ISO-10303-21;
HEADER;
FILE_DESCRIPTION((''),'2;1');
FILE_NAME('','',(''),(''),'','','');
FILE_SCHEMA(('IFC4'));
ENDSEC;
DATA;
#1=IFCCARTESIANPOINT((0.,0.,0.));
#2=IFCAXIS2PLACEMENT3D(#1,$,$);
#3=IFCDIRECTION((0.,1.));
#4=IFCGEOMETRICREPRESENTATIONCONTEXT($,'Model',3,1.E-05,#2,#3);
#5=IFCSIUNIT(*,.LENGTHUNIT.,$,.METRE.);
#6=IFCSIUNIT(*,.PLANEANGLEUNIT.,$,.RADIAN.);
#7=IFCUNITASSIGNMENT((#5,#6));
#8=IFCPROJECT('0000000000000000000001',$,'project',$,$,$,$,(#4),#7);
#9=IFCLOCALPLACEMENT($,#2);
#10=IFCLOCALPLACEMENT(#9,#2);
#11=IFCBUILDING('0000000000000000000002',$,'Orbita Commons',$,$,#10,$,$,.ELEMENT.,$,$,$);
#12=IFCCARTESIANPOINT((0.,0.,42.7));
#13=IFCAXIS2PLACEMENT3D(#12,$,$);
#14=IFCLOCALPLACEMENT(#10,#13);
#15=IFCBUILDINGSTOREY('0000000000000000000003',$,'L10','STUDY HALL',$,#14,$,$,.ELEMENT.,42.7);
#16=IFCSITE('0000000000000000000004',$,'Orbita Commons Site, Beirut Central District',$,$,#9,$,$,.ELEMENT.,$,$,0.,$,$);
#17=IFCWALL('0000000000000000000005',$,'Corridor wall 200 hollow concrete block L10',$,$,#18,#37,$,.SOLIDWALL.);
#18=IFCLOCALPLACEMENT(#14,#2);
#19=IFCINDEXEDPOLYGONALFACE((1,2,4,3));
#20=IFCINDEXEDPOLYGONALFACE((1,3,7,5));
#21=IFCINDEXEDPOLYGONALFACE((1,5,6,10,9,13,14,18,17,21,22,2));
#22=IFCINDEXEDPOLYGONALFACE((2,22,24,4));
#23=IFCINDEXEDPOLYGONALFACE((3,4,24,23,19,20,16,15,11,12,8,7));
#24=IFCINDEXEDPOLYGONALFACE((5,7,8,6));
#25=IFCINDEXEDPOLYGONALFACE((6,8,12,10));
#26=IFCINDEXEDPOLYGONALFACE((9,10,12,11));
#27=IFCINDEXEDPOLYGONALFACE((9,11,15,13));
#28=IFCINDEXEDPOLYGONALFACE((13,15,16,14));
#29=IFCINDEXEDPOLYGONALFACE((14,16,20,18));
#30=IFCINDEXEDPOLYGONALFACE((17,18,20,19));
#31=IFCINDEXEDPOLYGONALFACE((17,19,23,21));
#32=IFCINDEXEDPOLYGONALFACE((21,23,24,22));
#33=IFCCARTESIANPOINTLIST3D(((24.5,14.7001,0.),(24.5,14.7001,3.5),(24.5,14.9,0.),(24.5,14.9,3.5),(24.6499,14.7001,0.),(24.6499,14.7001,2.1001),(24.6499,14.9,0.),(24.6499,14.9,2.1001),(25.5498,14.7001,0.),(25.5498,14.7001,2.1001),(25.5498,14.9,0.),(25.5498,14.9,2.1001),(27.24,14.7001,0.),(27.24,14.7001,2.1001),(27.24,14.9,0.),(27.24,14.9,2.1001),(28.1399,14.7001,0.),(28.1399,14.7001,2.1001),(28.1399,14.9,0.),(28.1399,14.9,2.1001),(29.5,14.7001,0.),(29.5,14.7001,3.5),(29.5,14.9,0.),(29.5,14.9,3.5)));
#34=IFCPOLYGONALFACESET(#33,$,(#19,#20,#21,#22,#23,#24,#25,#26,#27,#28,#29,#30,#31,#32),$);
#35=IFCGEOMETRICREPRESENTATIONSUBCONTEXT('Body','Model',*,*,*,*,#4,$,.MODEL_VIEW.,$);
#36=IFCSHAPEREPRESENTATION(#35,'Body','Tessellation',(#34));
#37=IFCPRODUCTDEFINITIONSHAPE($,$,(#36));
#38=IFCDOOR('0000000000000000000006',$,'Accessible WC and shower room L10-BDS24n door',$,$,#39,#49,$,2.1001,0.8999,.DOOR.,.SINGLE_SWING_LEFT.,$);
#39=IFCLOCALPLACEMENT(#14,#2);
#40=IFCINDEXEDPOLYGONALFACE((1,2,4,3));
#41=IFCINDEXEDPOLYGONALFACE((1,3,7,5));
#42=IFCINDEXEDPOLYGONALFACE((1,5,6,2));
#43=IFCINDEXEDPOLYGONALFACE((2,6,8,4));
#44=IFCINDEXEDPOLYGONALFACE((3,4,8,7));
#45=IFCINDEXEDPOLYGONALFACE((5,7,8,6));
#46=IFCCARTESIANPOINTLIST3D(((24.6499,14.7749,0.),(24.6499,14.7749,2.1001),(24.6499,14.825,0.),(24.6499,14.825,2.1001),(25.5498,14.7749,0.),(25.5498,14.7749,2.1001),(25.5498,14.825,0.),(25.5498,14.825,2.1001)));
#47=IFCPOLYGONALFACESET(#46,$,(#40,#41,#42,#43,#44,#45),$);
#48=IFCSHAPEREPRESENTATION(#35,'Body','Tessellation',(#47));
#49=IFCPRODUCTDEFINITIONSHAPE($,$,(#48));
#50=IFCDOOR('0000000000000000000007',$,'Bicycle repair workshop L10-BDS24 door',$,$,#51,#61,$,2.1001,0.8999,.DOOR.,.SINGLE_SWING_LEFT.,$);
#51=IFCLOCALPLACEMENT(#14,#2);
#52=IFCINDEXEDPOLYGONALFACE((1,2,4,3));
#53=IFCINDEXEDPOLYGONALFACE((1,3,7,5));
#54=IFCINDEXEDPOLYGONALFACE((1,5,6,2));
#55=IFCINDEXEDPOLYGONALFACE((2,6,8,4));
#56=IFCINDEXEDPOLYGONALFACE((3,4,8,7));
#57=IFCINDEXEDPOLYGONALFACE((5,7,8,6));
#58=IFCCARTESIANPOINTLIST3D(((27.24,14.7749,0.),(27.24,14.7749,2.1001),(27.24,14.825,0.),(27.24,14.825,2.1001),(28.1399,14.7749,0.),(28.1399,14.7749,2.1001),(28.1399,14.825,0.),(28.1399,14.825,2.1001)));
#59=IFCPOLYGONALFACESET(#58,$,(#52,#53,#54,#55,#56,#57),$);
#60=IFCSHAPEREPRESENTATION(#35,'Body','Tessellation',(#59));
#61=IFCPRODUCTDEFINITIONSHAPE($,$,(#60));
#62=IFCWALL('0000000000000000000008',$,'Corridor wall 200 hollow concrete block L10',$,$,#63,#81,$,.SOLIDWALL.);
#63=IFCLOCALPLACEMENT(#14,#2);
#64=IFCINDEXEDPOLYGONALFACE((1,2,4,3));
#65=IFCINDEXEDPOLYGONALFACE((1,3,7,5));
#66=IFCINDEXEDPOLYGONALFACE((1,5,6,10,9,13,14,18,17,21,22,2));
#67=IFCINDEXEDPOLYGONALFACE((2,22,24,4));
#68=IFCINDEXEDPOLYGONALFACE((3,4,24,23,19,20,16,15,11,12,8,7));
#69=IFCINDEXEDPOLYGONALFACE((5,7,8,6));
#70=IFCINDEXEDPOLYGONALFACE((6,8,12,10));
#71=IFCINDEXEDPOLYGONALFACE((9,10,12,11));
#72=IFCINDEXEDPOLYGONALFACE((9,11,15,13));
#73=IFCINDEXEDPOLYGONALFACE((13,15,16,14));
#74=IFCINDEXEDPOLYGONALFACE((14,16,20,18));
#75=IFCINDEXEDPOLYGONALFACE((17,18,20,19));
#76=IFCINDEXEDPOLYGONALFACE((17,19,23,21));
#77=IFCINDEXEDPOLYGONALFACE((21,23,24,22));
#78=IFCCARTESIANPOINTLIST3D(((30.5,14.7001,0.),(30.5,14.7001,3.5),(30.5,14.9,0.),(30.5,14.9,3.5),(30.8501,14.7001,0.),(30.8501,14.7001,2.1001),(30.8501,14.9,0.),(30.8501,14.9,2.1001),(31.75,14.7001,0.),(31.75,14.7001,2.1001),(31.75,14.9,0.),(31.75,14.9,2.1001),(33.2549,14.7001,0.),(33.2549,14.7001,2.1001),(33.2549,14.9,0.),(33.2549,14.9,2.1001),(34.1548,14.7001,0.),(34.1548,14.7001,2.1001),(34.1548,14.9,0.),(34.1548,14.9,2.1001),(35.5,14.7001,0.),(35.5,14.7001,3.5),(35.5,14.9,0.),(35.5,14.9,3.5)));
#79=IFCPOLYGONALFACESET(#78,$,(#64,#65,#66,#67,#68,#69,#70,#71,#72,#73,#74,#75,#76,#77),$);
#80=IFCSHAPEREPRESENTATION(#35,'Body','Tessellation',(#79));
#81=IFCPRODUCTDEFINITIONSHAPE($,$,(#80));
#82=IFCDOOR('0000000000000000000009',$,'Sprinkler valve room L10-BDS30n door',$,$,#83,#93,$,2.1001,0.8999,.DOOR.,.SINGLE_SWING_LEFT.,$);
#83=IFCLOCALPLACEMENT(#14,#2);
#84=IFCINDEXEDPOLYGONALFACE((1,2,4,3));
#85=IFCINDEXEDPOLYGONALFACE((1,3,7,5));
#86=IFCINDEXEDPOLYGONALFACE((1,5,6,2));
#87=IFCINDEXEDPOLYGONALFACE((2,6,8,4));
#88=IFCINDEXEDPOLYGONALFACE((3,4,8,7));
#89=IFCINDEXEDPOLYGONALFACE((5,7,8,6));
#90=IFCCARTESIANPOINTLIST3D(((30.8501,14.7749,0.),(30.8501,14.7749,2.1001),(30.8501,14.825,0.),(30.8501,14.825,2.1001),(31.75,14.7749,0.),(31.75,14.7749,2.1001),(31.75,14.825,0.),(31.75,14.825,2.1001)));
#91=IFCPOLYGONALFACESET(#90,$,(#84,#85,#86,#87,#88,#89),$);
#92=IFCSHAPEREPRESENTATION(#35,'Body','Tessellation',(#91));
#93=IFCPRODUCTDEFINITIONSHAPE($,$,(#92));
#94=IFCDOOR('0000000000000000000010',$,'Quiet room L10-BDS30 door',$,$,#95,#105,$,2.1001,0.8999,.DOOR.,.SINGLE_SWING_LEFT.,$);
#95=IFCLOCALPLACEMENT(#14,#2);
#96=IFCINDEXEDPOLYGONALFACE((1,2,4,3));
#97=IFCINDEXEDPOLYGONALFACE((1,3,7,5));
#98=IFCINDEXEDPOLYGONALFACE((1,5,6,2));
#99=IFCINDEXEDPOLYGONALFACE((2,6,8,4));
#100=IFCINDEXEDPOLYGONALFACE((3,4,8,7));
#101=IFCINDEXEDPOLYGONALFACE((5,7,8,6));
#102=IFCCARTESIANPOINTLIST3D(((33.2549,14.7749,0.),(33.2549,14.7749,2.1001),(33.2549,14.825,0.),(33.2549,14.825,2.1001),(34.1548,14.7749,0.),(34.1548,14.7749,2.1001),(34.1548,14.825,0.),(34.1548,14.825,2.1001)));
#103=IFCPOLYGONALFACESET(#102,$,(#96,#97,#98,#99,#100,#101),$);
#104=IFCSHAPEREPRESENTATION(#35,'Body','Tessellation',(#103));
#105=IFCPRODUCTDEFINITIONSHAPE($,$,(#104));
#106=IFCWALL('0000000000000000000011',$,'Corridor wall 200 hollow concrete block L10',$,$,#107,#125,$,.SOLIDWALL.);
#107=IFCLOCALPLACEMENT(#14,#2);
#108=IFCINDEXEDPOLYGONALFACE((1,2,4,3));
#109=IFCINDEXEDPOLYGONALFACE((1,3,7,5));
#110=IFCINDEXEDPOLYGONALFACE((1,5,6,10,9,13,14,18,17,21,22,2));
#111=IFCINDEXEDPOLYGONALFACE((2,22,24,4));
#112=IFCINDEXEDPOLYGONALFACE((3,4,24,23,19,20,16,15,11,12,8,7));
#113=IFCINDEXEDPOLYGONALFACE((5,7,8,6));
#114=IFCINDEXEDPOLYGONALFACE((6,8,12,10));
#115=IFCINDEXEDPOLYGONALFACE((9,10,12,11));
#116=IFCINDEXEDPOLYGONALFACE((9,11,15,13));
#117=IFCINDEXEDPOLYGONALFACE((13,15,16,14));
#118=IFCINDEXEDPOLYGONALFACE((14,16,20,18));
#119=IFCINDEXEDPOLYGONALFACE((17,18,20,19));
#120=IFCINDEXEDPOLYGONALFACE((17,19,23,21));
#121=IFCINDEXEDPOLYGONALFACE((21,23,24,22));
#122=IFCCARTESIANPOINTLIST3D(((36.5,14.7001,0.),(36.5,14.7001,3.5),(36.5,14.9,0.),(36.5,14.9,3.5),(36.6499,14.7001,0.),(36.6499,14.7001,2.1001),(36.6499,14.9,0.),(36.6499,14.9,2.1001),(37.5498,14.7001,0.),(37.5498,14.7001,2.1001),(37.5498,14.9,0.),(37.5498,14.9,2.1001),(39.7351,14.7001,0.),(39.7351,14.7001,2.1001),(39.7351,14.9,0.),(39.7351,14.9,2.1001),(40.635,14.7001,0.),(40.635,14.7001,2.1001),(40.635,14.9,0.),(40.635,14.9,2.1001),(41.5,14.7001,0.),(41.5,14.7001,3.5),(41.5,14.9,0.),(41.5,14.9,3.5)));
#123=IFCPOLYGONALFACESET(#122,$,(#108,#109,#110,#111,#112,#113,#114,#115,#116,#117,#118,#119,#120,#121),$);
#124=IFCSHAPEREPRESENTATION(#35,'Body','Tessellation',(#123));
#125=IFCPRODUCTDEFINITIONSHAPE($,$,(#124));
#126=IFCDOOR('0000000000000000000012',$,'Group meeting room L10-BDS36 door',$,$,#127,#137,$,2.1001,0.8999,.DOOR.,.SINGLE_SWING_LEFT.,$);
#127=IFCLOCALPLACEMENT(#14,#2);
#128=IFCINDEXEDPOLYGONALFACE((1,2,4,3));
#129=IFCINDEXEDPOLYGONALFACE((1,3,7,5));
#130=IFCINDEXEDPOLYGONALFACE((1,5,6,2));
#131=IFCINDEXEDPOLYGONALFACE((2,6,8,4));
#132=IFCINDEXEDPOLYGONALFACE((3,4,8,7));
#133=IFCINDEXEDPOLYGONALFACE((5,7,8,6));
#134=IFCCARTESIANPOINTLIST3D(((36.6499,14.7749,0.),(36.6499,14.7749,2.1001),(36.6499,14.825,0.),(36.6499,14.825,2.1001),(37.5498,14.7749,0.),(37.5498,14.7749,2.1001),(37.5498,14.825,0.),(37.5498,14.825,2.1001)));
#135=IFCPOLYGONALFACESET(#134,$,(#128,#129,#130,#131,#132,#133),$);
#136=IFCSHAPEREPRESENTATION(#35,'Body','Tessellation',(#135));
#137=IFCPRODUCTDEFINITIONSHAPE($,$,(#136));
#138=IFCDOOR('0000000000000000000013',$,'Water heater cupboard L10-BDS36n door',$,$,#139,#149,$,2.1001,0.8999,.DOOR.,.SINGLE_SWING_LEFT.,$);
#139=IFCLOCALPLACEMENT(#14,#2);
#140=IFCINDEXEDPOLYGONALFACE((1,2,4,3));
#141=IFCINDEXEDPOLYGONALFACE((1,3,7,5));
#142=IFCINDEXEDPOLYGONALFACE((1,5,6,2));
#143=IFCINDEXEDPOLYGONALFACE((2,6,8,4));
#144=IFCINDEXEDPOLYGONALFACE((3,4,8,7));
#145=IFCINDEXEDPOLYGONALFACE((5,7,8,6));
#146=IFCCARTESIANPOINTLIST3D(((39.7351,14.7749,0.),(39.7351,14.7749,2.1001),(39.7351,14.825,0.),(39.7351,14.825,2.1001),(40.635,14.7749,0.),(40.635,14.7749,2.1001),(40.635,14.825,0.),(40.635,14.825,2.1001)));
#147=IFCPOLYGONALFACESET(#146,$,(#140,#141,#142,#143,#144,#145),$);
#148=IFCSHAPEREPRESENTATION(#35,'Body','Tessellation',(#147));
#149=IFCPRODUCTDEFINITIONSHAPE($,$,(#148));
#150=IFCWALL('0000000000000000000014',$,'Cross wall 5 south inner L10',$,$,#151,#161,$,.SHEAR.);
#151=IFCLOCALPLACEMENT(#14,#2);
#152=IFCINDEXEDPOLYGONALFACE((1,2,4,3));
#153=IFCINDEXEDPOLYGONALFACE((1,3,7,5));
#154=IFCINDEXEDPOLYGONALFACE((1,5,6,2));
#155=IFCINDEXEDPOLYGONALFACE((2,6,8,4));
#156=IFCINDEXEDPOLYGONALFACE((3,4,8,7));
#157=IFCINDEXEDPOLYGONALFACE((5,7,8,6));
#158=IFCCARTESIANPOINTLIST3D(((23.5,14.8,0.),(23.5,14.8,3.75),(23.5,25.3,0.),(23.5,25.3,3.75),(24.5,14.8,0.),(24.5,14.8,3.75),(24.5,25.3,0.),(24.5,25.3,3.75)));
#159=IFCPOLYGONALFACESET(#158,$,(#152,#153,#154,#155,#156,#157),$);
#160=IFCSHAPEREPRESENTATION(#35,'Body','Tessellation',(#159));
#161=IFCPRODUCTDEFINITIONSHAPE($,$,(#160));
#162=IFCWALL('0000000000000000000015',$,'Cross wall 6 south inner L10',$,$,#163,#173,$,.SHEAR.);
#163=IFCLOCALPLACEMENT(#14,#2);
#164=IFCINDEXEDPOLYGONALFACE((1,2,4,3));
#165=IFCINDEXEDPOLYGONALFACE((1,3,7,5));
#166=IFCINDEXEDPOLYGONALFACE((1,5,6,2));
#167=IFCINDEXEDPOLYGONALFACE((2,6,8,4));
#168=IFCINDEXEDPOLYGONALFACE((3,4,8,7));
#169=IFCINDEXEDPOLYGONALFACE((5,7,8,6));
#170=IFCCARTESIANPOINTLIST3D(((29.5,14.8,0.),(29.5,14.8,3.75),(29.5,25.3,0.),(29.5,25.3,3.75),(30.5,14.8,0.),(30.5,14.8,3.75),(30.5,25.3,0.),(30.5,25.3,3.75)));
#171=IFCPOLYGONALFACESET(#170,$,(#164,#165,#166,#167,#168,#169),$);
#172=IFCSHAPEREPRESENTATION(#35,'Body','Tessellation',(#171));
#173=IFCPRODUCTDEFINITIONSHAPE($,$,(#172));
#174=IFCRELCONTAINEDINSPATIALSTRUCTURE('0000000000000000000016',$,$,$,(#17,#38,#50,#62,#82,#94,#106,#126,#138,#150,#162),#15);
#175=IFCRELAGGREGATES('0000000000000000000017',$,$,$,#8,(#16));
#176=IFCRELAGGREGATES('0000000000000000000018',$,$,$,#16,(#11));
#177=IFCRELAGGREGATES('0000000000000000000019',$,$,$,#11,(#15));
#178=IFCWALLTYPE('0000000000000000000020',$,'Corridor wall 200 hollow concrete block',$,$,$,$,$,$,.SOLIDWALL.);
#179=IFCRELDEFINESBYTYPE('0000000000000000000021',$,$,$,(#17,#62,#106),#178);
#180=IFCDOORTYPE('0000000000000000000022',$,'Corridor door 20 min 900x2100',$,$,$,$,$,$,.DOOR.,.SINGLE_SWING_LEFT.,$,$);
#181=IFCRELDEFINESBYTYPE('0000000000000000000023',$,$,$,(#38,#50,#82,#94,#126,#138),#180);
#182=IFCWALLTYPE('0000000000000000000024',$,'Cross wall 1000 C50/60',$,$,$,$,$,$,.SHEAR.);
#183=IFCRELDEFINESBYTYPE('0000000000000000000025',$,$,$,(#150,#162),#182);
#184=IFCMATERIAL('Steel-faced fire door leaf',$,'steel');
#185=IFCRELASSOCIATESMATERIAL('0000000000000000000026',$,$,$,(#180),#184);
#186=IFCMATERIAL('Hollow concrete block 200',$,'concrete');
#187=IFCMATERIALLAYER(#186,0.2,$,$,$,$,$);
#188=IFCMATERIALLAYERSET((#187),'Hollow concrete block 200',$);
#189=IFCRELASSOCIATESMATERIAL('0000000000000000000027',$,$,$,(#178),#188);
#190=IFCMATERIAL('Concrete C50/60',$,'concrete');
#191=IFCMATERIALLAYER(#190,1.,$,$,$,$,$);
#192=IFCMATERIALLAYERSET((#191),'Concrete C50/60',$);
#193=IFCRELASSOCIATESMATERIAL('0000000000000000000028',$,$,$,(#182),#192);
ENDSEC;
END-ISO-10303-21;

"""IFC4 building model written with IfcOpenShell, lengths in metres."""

from ifc_helpers import new_model, si_unit, direction, frame, frame_2d, origin, place, context, subcontext, project, spatial, rectangle, extrude, material, layer, layer_set, type_object, element, fill, save


model = new_model("IFC4")

# Units and contexts
model_context = context("Model", 3, precision=1e-05, world=origin(), true_north=direction((0.0, 1.0)))
body_context = subcontext(model_context, "Body", "Model", "MODEL_VIEW")
ifc_project = project(units=[si_unit("LENGTHUNIT", "METRE"), si_unit("PLANEANGLEUNIT", "RADIAN")], contexts=[model_context])

# Site, building, storey
site_placement = place(None, origin())
site = spatial("IfcSite", under=ifc_project, at=site_placement, Name="Orbita Commons Site, Beirut Central District", CompositionType="ELEMENT", RefElevation=0.0)
building_placement = place(site_placement, origin())
building = spatial("IfcBuilding", under=site, at=building_placement, Name="Orbita Commons", CompositionType="ELEMENT")
storey_placement = place(building_placement, frame((0.0, 0.0, 42.7)))
storey = spatial("IfcBuildingStorey", under=building, at=storey_placement, Name="L10", Description="STUDY HALL", CompositionType="ELEMENT", Elevation=42.7)

# Shared definitions
ifc_material_1 = material(Name="Steel-faced fire door leaf", Category="steel")
door_type_1 = type_object("IfcDoorType", Name="Corridor door 20 min 900x2100", OperationType="SINGLE_SWING_LEFT", PredefinedType="DOOR", material=ifc_material_1)

# Walls, openings, doors
ifc_material_2 = material(Name="Hollow concrete block 200", Category="concrete")
ifc_layer_1 = layer(ifc_material_2, 0.2)
ifc_layer_set_1 = layer_set([ifc_layer_1], Name="Hollow concrete block 200")
wall_type_1 = type_object("IfcWallType", Name="Corridor wall 200 hollow concrete block", PredefinedType="SOLIDWALL", material=ifc_layer_set_1)
wall_1_placement = place(storey_placement, frame((24.5, 14.8, 0.0), z_axis=(0.0, 0.0, 1.0), x_axis=(1.0, 0.0, 0.0)))
wall_1 = element("IfcWall", 1, at=wall_1_placement, inside=storey, type_object=wall_type_1, Name="Corridor wall 200 hollow concrete block L10", PredefinedType="SOLIDWALL", context=body_context, shape_type="SweptSolid", body=[
    extrude(rectangle(XDim=5.0, YDim=0.2, at=frame_2d((2.5, 0.0))), origin(), (0.0, 0.0, 1.0), 3.5),
])
opening_1_placement = place(wall_1_placement, frame((0.1499, 0.0, 0.0)))
opening_1 = element("IfcOpeningElement", 2, at=opening_1_placement, cuts=wall_1, PredefinedType="OPENING", context=body_context, shape_type="SweptSolid", body=[
    extrude(rectangle(XDim=0.8999, YDim=2.1001, at=frame_2d((0.45, 1.05))), frame((0.0, 0.1099, 0.0), z_axis=(0.0, -1.0, 0.0), x_axis=(1.0, 0.0, 0.0)), (0.0, 0.0, 1.0), 0.22),
])
opening_2_placement = place(wall_1_placement, frame((2.74, 0.0, 0.0)))
opening_2 = element("IfcOpeningElement", 3, at=opening_2_placement, cuts=wall_1, PredefinedType="OPENING", context=body_context, shape_type="SweptSolid", body=[
    extrude(rectangle(XDim=0.8999, YDim=2.1001, at=frame_2d((0.45, 1.05))), frame((0.0, 0.1099, 0.0), z_axis=(0.0, -1.0, 0.0), x_axis=(1.0, 0.0, 0.0)), (0.0, 0.0, 1.0), 0.22),
])
door_1_placement = place(opening_1_placement, origin())
door_1 = element("IfcDoor", 4, at=door_1_placement, inside=storey, type_object=door_type_1, Name="Accessible WC and shower room L10-BDS24n door", OperationType="SINGLE_SWING_LEFT", OverallHeight=2.1001, OverallWidth=0.8999, PredefinedType="DOOR", context=body_context, shape_type="SweptSolid", body=[
    extrude(rectangle(XDim=0.8999, YDim=2.1001, at=frame_2d((0.45, 1.05))), frame((0.0, 0.0249, 0.0), z_axis=(0.0, -1.0, 0.0), x_axis=(1.0, 0.0, 0.0)), (0.0, 0.0, 1.0), 0.05),
])
fill(opening_1, door_1)
door_2_placement = place(opening_2_placement, origin())
door_2 = element("IfcDoor", 5, at=door_2_placement, inside=storey, type_object=door_type_1, Name="Bicycle repair workshop L10-BDS24 door", OperationType="SINGLE_SWING_LEFT", OverallHeight=2.1001, OverallWidth=0.8999, PredefinedType="DOOR", context=body_context, shape_type="SweptSolid", body=[
    extrude(rectangle(XDim=0.8999, YDim=2.1001, at=frame_2d((0.45, 1.05))), frame((0.0, 0.0249, 0.0), z_axis=(0.0, -1.0, 0.0), x_axis=(1.0, 0.0, 0.0)), (0.0, 0.0, 1.0), 0.05),
])
fill(opening_2, door_2)
wall_2_placement = place(storey_placement, frame((30.5, 14.8, 0.0), z_axis=(0.0, 0.0, 1.0), x_axis=(1.0, 0.0, 0.0)))
wall_2 = element("IfcWall", 6, at=wall_2_placement, inside=storey, type_object=wall_type_1, Name="Corridor wall 200 hollow concrete block L10", PredefinedType="SOLIDWALL", context=body_context, shape_type="SweptSolid", body=[
    extrude(rectangle(XDim=5.0, YDim=0.2, at=frame_2d((2.5, 0.0))), origin(), (0.0, 0.0, 1.0), 3.5),
])
opening_3_placement = place(wall_2_placement, frame((0.3501, 0.0, 0.0)))
opening_3 = element("IfcOpeningElement", 7, at=opening_3_placement, cuts=wall_2, PredefinedType="OPENING", context=body_context, shape_type="SweptSolid", body=[
    extrude(rectangle(XDim=0.8999, YDim=2.1001, at=frame_2d((0.45, 1.05))), frame((0.0, 0.1099, 0.0), z_axis=(0.0, -1.0, 0.0), x_axis=(1.0, 0.0, 0.0)), (0.0, 0.0, 1.0), 0.22),
])
opening_4_placement = place(wall_2_placement, frame((2.7549, 0.0, 0.0)))
opening_4 = element("IfcOpeningElement", 8, at=opening_4_placement, cuts=wall_2, PredefinedType="OPENING", context=body_context, shape_type="SweptSolid", body=[
    extrude(rectangle(XDim=0.8999, YDim=2.1001, at=frame_2d((0.45, 1.05))), frame((0.0, 0.1099, 0.0), z_axis=(0.0, -1.0, 0.0), x_axis=(1.0, 0.0, 0.0)), (0.0, 0.0, 1.0), 0.22),
])
door_3_placement = place(opening_3_placement, origin())
door_3 = element("IfcDoor", 9, at=door_3_placement, inside=storey, type_object=door_type_1, Name="Sprinkler valve room L10-BDS30n door", OperationType="SINGLE_SWING_LEFT", OverallHeight=2.1001, OverallWidth=0.8999, PredefinedType="DOOR", context=body_context, shape_type="SweptSolid", body=[
    extrude(rectangle(XDim=0.8999, YDim=2.1001, at=frame_2d((0.45, 1.05))), frame((0.0, 0.0249, 0.0), z_axis=(0.0, -1.0, 0.0), x_axis=(1.0, 0.0, 0.0)), (0.0, 0.0, 1.0), 0.05),
])
fill(opening_3, door_3)
door_4_placement = place(opening_4_placement, origin())
door_4 = element("IfcDoor", 10, at=door_4_placement, inside=storey, type_object=door_type_1, Name="Quiet room L10-BDS30 door", OperationType="SINGLE_SWING_LEFT", OverallHeight=2.1001, OverallWidth=0.8999, PredefinedType="DOOR", context=body_context, shape_type="SweptSolid", body=[
    extrude(rectangle(XDim=0.8999, YDim=2.1001, at=frame_2d((0.45, 1.05))), frame((0.0, 0.0249, 0.0), z_axis=(0.0, -1.0, 0.0), x_axis=(1.0, 0.0, 0.0)), (0.0, 0.0, 1.0), 0.05),
])
fill(opening_4, door_4)
wall_3_placement = place(storey_placement, frame((36.5, 14.8, 0.0), z_axis=(0.0, 0.0, 1.0), x_axis=(1.0, 0.0, 0.0)))
wall_3 = element("IfcWall", 11, at=wall_3_placement, inside=storey, type_object=wall_type_1, Name="Corridor wall 200 hollow concrete block L10", PredefinedType="SOLIDWALL", context=body_context, shape_type="SweptSolid", body=[
    extrude(rectangle(XDim=5.0, YDim=0.2, at=frame_2d((2.5, 0.0))), origin(), (0.0, 0.0, 1.0), 3.5),
])
opening_5_placement = place(wall_3_placement, frame((0.1499, 0.0, 0.0)))
opening_5 = element("IfcOpeningElement", 12, at=opening_5_placement, cuts=wall_3, PredefinedType="OPENING", context=body_context, shape_type="SweptSolid", body=[
    extrude(rectangle(XDim=0.8999, YDim=2.1001, at=frame_2d((0.45, 1.05))), frame((0.0, 0.1099, 0.0), z_axis=(0.0, -1.0, 0.0), x_axis=(1.0, 0.0, 0.0)), (0.0, 0.0, 1.0), 0.22),
])
opening_6_placement = place(wall_3_placement, frame((3.2351, 0.0, 0.0)))
opening_6 = element("IfcOpeningElement", 13, at=opening_6_placement, cuts=wall_3, PredefinedType="OPENING", context=body_context, shape_type="SweptSolid", body=[
    extrude(rectangle(XDim=0.8999, YDim=2.1001, at=frame_2d((0.45, 1.05))), frame((0.0, 0.1099, 0.0), z_axis=(0.0, -1.0, 0.0), x_axis=(1.0, 0.0, 0.0)), (0.0, 0.0, 1.0), 0.22),
])
door_5_placement = place(opening_5_placement, origin())
door_5 = element("IfcDoor", 14, at=door_5_placement, inside=storey, type_object=door_type_1, Name="Group meeting room L10-BDS36 door", OperationType="SINGLE_SWING_LEFT", OverallHeight=2.1001, OverallWidth=0.8999, PredefinedType="DOOR", context=body_context, shape_type="SweptSolid", body=[
    extrude(rectangle(XDim=0.8999, YDim=2.1001, at=frame_2d((0.45, 1.05))), frame((0.0, 0.0249, 0.0), z_axis=(0.0, -1.0, 0.0), x_axis=(1.0, 0.0, 0.0)), (0.0, 0.0, 1.0), 0.05),
])
fill(opening_5, door_5)
door_6_placement = place(opening_6_placement, origin())
door_6 = element("IfcDoor", 15, at=door_6_placement, inside=storey, type_object=door_type_1, Name="Water heater cupboard L10-BDS36n door", OperationType="SINGLE_SWING_LEFT", OverallHeight=2.1001, OverallWidth=0.8999, PredefinedType="DOOR", context=body_context, shape_type="SweptSolid", body=[
    extrude(rectangle(XDim=0.8999, YDim=2.1001, at=frame_2d((0.45, 1.05))), frame((0.0, 0.0249, 0.0), z_axis=(0.0, -1.0, 0.0), x_axis=(1.0, 0.0, 0.0)), (0.0, 0.0, 1.0), 0.05),
])
fill(opening_6, door_6)

# Walls
ifc_material_3 = material(Name="Concrete C50/60", Category="concrete")
ifc_layer_2 = layer(ifc_material_3, 1.0)
ifc_layer_set_2 = layer_set([ifc_layer_2], Name="Concrete C50/60")
wall_type_2 = type_object("IfcWallType", Name="Cross wall 1000 C50/60", PredefinedType="SHEAR", material=ifc_layer_set_2)
for number, where, z_axis, x_axis, name in (
    (16, (24.0, 14.8, 0.0), (0.0, 0.0, 1.0), (0.0, 1.0, 0.0), "Cross wall 5 south inner L10"),
    (17, (30.0, 14.8, 0.0), (0.0, 0.0, 1.0), (0.0, 1.0, 0.0), "Cross wall 6 south inner L10"),
):
    element("IfcWall", number, at=place(storey_placement, frame(where, z_axis=z_axis, x_axis=x_axis)), inside=storey, type_object=wall_type_2, Name=name, PredefinedType="SHEAR", context=body_context, shape_type="SweptSolid", body=[
        extrude(rectangle(XDim=10.5, YDim=1.0, at=frame_2d((5.25, 0.0))), origin(), (0.0, 0.0, 1.0), 3.75),
    ])

save(model, "model.ifc")
